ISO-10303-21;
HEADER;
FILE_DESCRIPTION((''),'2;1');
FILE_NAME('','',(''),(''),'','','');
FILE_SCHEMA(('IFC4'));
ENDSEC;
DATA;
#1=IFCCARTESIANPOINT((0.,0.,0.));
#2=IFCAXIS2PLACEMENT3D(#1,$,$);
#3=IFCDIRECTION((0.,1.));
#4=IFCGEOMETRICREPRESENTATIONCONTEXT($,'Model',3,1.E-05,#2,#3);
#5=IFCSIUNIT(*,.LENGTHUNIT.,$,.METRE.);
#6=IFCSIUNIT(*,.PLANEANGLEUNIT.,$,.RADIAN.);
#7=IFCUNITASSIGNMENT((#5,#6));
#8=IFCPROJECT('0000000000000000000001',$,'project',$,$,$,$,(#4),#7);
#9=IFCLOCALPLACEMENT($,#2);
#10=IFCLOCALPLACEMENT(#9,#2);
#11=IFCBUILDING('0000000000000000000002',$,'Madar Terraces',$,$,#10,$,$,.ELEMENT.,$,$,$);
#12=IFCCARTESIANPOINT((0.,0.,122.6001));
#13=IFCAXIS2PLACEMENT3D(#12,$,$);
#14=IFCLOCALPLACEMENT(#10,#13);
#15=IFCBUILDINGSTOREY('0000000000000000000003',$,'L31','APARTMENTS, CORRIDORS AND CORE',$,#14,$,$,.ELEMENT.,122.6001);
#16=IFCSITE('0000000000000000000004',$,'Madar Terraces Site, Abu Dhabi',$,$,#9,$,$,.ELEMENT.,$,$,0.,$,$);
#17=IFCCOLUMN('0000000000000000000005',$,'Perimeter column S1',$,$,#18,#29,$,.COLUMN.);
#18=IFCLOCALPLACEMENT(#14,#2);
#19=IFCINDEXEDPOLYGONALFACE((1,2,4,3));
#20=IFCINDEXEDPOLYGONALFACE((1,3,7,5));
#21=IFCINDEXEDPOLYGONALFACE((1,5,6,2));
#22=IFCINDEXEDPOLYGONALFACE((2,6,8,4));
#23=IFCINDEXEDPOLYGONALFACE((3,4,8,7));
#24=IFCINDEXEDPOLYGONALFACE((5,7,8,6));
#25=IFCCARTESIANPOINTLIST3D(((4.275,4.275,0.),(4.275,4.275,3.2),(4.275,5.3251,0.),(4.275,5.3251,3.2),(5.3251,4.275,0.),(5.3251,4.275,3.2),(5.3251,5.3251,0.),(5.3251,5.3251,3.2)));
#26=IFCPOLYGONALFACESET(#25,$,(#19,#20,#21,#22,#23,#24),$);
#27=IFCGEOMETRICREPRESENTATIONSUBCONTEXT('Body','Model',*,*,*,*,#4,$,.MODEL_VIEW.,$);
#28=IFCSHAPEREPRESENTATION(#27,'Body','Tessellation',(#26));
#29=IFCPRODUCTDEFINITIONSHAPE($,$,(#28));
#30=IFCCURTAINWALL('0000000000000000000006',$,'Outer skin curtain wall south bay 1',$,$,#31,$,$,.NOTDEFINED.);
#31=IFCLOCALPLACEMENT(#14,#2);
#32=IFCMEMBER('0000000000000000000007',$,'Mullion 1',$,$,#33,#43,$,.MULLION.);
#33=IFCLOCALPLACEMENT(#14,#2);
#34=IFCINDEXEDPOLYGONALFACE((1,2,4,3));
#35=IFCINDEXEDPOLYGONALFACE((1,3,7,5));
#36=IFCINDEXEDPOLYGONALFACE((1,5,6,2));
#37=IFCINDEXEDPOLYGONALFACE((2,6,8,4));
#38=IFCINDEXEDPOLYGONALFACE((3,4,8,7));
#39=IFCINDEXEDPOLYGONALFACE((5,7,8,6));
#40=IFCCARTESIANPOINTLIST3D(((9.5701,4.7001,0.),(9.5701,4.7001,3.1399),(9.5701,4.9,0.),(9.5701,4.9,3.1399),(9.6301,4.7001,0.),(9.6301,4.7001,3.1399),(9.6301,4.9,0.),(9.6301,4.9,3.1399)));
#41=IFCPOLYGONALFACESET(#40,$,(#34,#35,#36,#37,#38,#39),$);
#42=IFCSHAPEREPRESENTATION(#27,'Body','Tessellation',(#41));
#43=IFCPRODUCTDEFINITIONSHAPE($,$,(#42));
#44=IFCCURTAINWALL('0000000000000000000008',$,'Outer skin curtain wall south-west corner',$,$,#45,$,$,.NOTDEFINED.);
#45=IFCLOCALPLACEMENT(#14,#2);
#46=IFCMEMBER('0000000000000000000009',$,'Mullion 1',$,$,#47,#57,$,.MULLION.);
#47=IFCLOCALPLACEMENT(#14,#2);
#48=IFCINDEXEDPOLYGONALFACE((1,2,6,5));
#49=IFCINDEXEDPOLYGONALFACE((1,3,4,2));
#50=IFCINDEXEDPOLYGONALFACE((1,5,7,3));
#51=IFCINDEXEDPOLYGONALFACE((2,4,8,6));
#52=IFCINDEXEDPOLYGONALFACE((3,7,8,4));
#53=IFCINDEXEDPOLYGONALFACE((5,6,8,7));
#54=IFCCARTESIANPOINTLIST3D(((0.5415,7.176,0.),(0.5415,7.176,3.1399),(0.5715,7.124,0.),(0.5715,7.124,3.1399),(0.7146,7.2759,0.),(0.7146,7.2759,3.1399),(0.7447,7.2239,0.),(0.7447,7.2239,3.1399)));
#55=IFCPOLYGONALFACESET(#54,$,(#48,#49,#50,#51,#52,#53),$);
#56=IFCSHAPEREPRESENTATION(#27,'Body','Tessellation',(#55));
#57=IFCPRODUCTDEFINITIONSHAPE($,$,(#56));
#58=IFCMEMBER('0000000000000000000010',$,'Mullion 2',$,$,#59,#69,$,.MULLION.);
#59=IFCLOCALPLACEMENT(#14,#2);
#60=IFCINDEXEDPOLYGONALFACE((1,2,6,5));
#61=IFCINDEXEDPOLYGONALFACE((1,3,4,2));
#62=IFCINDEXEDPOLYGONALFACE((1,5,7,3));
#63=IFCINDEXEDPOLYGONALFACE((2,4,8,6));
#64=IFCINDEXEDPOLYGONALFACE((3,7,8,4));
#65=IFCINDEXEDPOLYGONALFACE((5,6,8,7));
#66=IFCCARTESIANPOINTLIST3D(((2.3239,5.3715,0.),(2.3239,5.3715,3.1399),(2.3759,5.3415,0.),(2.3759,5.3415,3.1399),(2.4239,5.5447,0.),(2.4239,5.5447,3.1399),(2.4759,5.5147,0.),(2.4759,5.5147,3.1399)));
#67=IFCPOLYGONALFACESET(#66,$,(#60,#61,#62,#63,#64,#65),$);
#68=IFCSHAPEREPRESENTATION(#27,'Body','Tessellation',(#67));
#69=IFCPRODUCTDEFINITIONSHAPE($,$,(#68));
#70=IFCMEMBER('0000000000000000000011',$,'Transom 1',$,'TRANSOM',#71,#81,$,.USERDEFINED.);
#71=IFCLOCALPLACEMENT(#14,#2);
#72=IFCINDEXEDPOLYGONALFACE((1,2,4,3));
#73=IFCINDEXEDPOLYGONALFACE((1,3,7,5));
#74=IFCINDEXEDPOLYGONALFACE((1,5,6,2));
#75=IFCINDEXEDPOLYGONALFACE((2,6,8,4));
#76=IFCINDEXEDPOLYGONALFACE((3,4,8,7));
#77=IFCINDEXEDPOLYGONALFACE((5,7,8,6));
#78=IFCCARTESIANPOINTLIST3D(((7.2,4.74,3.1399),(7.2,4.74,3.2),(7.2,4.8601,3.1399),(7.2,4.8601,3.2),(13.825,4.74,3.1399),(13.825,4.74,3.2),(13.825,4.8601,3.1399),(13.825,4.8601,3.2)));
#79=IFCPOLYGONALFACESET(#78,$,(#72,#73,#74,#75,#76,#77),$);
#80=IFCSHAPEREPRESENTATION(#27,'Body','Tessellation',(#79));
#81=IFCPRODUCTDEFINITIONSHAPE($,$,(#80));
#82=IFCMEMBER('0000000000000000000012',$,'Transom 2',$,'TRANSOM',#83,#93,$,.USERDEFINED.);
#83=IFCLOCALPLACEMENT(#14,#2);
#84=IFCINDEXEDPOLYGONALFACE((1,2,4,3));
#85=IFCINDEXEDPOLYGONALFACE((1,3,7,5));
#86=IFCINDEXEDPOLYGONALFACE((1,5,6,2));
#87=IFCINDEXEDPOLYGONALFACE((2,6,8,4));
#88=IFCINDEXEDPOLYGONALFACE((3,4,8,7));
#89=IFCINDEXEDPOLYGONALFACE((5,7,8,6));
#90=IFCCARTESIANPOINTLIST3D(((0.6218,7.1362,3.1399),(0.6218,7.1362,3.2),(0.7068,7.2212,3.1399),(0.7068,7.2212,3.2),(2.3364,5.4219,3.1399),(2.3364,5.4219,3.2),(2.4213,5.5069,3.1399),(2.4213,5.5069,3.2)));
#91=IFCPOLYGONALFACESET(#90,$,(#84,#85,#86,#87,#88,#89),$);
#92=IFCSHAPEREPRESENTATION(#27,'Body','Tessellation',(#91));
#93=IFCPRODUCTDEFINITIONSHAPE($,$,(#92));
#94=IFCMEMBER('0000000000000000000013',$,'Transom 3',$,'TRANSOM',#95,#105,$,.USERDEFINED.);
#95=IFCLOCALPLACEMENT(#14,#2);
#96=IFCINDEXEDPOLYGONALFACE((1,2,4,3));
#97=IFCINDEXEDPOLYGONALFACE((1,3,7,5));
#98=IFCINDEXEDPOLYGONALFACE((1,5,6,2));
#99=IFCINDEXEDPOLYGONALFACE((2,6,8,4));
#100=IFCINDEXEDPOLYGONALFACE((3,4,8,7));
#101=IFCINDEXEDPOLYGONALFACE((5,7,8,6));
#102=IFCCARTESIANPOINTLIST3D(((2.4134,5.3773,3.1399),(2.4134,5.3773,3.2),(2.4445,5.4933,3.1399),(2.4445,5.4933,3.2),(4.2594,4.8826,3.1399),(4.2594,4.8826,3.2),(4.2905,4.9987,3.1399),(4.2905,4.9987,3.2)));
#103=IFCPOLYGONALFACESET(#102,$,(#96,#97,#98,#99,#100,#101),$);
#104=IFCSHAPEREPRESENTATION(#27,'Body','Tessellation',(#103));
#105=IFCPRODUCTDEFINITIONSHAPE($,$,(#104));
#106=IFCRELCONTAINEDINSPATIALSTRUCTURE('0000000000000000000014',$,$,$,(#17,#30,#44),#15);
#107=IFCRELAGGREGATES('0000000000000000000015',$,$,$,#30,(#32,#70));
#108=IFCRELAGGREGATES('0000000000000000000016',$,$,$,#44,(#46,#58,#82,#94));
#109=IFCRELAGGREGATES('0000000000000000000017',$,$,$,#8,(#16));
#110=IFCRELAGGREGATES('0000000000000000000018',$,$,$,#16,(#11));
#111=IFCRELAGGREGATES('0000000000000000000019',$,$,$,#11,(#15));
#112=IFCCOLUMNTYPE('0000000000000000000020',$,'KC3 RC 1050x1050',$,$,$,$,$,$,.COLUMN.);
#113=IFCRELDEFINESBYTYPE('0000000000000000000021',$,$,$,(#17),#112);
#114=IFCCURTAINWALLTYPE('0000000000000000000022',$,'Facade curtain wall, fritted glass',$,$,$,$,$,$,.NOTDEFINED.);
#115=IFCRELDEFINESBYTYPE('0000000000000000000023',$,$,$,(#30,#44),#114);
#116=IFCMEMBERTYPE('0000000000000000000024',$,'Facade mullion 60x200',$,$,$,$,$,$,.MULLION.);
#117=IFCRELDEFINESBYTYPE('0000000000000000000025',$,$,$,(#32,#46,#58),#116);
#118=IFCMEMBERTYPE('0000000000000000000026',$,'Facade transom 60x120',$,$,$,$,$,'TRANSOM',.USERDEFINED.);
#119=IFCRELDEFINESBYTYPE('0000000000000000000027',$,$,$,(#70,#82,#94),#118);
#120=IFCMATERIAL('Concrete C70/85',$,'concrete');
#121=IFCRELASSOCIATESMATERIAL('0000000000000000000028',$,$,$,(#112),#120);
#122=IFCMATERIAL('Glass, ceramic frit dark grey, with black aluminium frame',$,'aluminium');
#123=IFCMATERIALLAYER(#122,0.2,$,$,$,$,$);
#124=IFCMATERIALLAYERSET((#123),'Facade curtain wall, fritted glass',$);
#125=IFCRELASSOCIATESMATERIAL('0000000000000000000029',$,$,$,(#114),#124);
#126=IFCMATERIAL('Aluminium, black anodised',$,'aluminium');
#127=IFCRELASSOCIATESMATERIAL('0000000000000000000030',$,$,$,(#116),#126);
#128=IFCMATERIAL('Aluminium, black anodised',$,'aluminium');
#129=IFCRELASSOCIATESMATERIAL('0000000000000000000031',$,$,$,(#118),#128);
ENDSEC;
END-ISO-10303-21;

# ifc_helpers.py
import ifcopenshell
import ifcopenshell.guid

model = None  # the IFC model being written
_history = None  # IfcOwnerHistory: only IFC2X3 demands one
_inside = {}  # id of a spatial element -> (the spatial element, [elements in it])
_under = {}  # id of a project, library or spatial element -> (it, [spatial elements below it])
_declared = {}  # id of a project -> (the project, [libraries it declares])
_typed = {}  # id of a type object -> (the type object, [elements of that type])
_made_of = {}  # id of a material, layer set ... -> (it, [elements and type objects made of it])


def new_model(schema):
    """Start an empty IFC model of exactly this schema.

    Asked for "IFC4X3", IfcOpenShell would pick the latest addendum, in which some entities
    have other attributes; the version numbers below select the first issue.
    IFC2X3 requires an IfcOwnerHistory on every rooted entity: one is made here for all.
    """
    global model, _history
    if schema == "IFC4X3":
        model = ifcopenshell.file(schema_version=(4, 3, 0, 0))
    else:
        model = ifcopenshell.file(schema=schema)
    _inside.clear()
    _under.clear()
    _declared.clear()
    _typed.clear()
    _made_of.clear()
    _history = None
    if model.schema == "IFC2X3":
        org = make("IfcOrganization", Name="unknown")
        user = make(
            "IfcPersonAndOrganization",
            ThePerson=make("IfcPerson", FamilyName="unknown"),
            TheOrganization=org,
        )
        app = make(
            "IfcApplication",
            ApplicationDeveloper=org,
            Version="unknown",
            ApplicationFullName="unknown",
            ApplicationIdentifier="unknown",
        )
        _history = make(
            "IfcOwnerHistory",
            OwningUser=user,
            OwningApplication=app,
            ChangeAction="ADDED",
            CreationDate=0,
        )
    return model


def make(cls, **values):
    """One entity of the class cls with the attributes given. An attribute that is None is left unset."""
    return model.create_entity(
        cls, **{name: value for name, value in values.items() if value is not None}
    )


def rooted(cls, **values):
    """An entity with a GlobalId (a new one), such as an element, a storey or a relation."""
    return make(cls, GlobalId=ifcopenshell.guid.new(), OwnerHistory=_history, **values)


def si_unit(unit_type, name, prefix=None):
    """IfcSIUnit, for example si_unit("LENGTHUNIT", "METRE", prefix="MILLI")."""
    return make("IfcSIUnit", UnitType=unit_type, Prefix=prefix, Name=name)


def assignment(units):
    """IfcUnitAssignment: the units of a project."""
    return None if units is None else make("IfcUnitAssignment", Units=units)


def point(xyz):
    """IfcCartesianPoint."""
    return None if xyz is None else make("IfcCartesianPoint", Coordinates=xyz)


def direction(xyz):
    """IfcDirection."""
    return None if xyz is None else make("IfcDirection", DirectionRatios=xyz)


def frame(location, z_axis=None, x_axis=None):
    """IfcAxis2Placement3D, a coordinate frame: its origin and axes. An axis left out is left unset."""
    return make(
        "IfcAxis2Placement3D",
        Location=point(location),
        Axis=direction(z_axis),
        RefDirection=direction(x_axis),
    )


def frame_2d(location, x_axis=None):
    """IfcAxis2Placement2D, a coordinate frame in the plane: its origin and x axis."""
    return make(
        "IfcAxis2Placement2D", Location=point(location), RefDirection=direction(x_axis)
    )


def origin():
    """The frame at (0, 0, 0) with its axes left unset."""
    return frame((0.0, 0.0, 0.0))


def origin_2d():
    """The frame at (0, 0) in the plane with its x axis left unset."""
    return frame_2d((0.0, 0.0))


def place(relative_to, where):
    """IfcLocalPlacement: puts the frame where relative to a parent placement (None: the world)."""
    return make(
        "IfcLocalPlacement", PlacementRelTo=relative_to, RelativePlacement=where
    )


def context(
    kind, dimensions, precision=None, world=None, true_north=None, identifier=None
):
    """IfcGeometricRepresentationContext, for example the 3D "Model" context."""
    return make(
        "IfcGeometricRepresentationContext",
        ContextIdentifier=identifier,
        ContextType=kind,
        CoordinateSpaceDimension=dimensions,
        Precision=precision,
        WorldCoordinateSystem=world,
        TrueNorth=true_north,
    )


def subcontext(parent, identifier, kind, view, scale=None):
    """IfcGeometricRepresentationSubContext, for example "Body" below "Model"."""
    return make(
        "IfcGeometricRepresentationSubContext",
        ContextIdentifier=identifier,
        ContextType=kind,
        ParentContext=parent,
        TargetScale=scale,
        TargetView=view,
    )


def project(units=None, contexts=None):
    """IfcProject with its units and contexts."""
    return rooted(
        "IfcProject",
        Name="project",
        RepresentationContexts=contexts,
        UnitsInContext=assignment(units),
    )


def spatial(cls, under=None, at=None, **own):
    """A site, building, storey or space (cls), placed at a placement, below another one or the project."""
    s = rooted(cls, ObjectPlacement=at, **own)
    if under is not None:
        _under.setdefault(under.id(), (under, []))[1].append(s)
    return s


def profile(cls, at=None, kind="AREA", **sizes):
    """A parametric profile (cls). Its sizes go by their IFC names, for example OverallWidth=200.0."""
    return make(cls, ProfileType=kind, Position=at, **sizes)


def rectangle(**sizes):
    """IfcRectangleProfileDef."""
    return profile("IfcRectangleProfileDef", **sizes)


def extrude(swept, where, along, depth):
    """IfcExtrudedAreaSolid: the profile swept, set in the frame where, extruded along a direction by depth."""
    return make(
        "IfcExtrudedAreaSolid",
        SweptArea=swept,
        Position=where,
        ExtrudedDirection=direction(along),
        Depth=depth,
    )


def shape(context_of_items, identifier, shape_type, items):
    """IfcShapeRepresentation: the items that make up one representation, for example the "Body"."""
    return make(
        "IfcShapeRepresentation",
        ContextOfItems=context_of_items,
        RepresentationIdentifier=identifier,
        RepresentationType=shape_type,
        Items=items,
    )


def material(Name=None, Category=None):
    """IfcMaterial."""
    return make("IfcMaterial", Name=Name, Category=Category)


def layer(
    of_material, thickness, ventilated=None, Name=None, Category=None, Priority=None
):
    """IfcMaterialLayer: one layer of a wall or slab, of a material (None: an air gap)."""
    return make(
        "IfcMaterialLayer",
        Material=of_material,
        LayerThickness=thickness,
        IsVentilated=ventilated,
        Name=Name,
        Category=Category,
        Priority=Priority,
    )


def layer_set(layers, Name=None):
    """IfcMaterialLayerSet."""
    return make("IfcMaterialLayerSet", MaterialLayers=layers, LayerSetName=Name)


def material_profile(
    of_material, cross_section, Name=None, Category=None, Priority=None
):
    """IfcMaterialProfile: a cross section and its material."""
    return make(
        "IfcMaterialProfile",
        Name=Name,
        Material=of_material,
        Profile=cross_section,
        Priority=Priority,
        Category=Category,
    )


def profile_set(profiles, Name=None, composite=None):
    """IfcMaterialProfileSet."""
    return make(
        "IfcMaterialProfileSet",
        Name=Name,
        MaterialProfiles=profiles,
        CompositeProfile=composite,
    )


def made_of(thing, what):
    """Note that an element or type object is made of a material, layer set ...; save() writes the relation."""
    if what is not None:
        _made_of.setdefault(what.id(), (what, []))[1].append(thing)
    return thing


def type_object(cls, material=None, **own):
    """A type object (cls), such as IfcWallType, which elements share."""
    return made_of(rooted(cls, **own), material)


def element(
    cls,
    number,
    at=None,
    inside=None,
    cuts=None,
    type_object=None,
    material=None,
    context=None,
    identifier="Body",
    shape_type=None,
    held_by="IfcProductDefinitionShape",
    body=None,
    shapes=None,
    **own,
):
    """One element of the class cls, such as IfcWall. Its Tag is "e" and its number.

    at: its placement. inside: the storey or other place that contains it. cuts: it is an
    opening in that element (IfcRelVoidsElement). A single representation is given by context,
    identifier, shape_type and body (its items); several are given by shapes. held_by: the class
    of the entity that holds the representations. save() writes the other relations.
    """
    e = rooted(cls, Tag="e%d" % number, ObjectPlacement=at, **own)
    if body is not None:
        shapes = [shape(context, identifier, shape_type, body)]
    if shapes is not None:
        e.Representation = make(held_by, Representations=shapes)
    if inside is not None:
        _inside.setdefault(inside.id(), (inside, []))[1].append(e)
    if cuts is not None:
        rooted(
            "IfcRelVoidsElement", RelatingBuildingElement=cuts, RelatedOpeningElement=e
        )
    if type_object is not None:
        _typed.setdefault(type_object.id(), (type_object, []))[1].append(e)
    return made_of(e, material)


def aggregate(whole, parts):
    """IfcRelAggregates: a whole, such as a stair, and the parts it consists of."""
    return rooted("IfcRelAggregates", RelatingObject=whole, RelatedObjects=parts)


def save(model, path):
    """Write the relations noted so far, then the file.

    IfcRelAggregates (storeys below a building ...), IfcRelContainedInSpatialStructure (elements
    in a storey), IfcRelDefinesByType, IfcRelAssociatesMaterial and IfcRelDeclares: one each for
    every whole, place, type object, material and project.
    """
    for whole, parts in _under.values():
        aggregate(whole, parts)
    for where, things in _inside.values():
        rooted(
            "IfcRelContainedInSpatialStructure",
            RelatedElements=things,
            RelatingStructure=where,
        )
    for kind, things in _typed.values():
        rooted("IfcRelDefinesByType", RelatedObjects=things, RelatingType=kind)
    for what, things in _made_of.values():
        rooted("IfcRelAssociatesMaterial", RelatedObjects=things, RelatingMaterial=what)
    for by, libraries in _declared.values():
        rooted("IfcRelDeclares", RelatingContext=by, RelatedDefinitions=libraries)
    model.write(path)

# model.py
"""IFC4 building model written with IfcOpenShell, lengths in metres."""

from ifc_helpers import new_model, si_unit, direction, frame, origin, origin_2d, place, context, subcontext, project, spatial, rectangle, extrude, material, layer, layer_set, material_profile, profile_set, type_object, element, aggregate, save


model = new_model("IFC4")

# Units and contexts
model_context = context("Model", 3, precision=1e-05, world=origin(), true_north=direction((0.0, 1.0)))
body_context = subcontext(model_context, "Body", "Model", "MODEL_VIEW")
ifc_project = project(units=[si_unit("LENGTHUNIT", "METRE"), si_unit("PLANEANGLEUNIT", "RADIAN")], contexts=[model_context])

# Site, building, storey
site_placement = place(None, origin())
site = spatial("IfcSite", under=ifc_project, at=site_placement, Name="Madar Terraces Site, Abu Dhabi", CompositionType="ELEMENT", RefElevation=0.0)
building_placement = place(site_placement, origin())
building = spatial("IfcBuilding", under=site, at=building_placement, Name="Madar Terraces", CompositionType="ELEMENT")
storey_placement = place(building_placement, frame((0.0, 0.0, 122.6001)))
storey = spatial("IfcBuildingStorey", under=building, at=storey_placement, Name="L31", Description="APARTMENTS, CORRIDORS AND CORE", CompositionType="ELEMENT", Elevation=122.6001)

# Column
ifc_material_1 = material(Name="Concrete C70/85", Category="concrete")
ifc_material_profile_1 = material_profile(ifc_material_1, rectangle(XDim=1.05, YDim=1.05, at=origin_2d()), Name="KC3 RC 1050x1050")
ifc_profile_set_1 = profile_set([ifc_material_profile_1], Name="Concrete C70/85")
column_type = type_object("IfcColumnType", Name="KC3 RC 1050x1050", PredefinedType="COLUMN", material=ifc_profile_set_1)
column_placement = place(storey_placement, frame((4.8, 4.8, 0.0), z_axis=(0.0, 0.0, 1.0), x_axis=(1.0, 0.0, 0.0)))
element("IfcColumn", 1, at=column_placement, inside=storey, type_object=column_type, Name="Perimeter column S1", PredefinedType="COLUMN", context=body_context, shape_type="SweptSolid", body=[
    extrude(rectangle(XDim=1.05, YDim=1.05, at=origin_2d()), origin(), (0.0, 0.0, 1.0), 3.2),
])

# Curtain wall, member
ifc_material_2 = material(Name="Glass, ceramic frit dark grey, with black aluminium frame", Category="aluminium")
ifc_layer_1 = layer(ifc_material_2, 0.2)
ifc_layer_set_1 = layer_set([ifc_layer_1], Name="Facade curtain wall, fritted glass")
curtain_wall_type = type_object("IfcCurtainWallType", Name="Facade curtain wall, fritted glass", PredefinedType="NOTDEFINED", material=ifc_layer_set_1)
curtain_wall_1_placement = place(storey_placement, origin())
curtain_wall_1 = element("IfcCurtainWall", 2, at=curtain_wall_1_placement, inside=storey, type_object=curtain_wall_type, Name="Outer skin curtain wall south bay 1", PredefinedType="NOTDEFINED")
ifc_material_3 = material(Name="Aluminium, black anodised", Category="aluminium")
ifc_material_profile_2 = material_profile(ifc_material_3, rectangle(XDim=0.2, YDim=0.0601, at=origin_2d()), Name="Facade mullion 60x200")
ifc_profile_set_2 = profile_set([ifc_material_profile_2], Name="Aluminium, black anodised")
member_type_1 = type_object("IfcMemberType", Name="Facade mullion 60x200", PredefinedType="MULLION", material=ifc_profile_set_2)
member_1_placement = place(storey_placement, frame((9.6001, 4.8, 0.0), z_axis=(0.0, 0.0, 1.0), x_axis=(0.0, 1.0, 0.0)))
member_1 = element("IfcMember", 3, at=member_1_placement, type_object=member_type_1, Name="Mullion 1", PredefinedType="MULLION", context=body_context, shape_type="SweptSolid", body=[
    extrude(rectangle(XDim=0.2, YDim=0.0601, at=origin_2d()), origin(), (0.0, 0.0, 1.0), 3.1399),
])

# Curtain wall, members
curtain_wall_2_placement = place(storey_placement, origin())
curtain_wall_2 = element("IfcCurtainWall", 4, at=curtain_wall_2_placement, inside=storey, type_object=curtain_wall_type, Name="Outer skin curtain wall south-west corner", PredefinedType="NOTDEFINED")
member_2_placement = place(storey_placement, frame((0.6431, 7.2, 0.0), z_axis=(0.0, 0.0, 1.0), x_axis=(0.866025, 0.5, 0.0)))
member_2 = element("IfcMember", 5, at=member_2_placement, type_object=member_type_1, Name="Mullion 1", PredefinedType="MULLION", context=body_context, shape_type="SweptSolid", body=[
    extrude(rectangle(XDim=0.2, YDim=0.0601, at=origin_2d()), origin(), (0.0, 0.0, 1.0), 3.1399),
])
member_3_placement = place(storey_placement, frame((2.3999, 5.4431, 0.0), z_axis=(0.0, 0.0, 1.0), x_axis=(0.5, 0.866025, 0.0)))
member_3 = element("IfcMember", 6, at=member_3_placement, type_object=member_type_1, Name="Mullion 2", PredefinedType="MULLION", context=body_context, shape_type="SweptSolid", body=[
    extrude(rectangle(XDim=0.2, YDim=0.0601, at=origin_2d()), origin(), (0.0, 0.0, 1.0), 3.1399),
])

# Members
ifc_material_4 = material(Name="Aluminium, black anodised", Category="aluminium")
ifc_material_profile_3 = material_profile(ifc_material_4, rectangle(XDim=0.1201, YDim=0.0601, at=origin_2d()), Name="Facade transom 60x120")
ifc_profile_set_3 = profile_set([ifc_material_profile_3], Name="Aluminium, black anodised")
member_type_2 = type_object("IfcMemberType", Name="Facade transom 60x120", ElementType="TRANSOM", PredefinedType="USERDEFINED", material=ifc_profile_set_3)
member_4_placement = place(storey_placement, frame((7.2, 4.8, 3.1699), z_axis=(1.0, 0.0, 0.0), x_axis=(0.0, 1.0, 0.0)))
member_4 = element("IfcMember", 7, at=member_4_placement, type_object=member_type_2, Name="Transom 1", ObjectType="TRANSOM", PredefinedType="USERDEFINED", context=body_context, shape_type="SweptSolid", body=[
    extrude(rectangle(XDim=0.1201, YDim=0.0601, at=origin_2d()), origin(), (0.0, 0.0, 1.0), 6.625),
])
member_5_placement = place(storey_placement, frame((0.6643, 7.1787, 3.1699), z_axis=(0.707157, -0.707056, 0.0), x_axis=(0.707056, 0.707157, 0.0)))
member_5 = element("IfcMember", 8, at=member_5_placement, type_object=member_type_2, Name="Transom 2", ObjectType="TRANSOM", PredefinedType="USERDEFINED", context=body_context, shape_type="SweptSolid", body=[
    extrude(rectangle(XDim=0.1201, YDim=0.0601, at=origin_2d()), origin(), (0.0, 0.0, 1.0), 2.4246),
])
member_6_placement = place(storey_placement, frame((2.429, 5.4353, 3.1699), z_axis=(0.965925, -0.258823, 0.0), x_axis=(0.258823, 0.965925, 0.0)))
member_6 = element("IfcMember", 9, at=member_6_placement, type_object=member_type_2, Name="Transom 3", ObjectType="TRANSOM", PredefinedType="USERDEFINED", context=body_context, shape_type="SweptSolid", body=[
    extrude(rectangle(XDim=0.1201, YDim=0.0601, at=origin_2d()), origin(), (0.0, 0.0, 1.0), 1.9111),
])

aggregate(curtain_wall_1, [member_1, member_4])
aggregate(curtain_wall_2, [member_2, member_3, member_5, member_6])

save(model, "model.ifc")
